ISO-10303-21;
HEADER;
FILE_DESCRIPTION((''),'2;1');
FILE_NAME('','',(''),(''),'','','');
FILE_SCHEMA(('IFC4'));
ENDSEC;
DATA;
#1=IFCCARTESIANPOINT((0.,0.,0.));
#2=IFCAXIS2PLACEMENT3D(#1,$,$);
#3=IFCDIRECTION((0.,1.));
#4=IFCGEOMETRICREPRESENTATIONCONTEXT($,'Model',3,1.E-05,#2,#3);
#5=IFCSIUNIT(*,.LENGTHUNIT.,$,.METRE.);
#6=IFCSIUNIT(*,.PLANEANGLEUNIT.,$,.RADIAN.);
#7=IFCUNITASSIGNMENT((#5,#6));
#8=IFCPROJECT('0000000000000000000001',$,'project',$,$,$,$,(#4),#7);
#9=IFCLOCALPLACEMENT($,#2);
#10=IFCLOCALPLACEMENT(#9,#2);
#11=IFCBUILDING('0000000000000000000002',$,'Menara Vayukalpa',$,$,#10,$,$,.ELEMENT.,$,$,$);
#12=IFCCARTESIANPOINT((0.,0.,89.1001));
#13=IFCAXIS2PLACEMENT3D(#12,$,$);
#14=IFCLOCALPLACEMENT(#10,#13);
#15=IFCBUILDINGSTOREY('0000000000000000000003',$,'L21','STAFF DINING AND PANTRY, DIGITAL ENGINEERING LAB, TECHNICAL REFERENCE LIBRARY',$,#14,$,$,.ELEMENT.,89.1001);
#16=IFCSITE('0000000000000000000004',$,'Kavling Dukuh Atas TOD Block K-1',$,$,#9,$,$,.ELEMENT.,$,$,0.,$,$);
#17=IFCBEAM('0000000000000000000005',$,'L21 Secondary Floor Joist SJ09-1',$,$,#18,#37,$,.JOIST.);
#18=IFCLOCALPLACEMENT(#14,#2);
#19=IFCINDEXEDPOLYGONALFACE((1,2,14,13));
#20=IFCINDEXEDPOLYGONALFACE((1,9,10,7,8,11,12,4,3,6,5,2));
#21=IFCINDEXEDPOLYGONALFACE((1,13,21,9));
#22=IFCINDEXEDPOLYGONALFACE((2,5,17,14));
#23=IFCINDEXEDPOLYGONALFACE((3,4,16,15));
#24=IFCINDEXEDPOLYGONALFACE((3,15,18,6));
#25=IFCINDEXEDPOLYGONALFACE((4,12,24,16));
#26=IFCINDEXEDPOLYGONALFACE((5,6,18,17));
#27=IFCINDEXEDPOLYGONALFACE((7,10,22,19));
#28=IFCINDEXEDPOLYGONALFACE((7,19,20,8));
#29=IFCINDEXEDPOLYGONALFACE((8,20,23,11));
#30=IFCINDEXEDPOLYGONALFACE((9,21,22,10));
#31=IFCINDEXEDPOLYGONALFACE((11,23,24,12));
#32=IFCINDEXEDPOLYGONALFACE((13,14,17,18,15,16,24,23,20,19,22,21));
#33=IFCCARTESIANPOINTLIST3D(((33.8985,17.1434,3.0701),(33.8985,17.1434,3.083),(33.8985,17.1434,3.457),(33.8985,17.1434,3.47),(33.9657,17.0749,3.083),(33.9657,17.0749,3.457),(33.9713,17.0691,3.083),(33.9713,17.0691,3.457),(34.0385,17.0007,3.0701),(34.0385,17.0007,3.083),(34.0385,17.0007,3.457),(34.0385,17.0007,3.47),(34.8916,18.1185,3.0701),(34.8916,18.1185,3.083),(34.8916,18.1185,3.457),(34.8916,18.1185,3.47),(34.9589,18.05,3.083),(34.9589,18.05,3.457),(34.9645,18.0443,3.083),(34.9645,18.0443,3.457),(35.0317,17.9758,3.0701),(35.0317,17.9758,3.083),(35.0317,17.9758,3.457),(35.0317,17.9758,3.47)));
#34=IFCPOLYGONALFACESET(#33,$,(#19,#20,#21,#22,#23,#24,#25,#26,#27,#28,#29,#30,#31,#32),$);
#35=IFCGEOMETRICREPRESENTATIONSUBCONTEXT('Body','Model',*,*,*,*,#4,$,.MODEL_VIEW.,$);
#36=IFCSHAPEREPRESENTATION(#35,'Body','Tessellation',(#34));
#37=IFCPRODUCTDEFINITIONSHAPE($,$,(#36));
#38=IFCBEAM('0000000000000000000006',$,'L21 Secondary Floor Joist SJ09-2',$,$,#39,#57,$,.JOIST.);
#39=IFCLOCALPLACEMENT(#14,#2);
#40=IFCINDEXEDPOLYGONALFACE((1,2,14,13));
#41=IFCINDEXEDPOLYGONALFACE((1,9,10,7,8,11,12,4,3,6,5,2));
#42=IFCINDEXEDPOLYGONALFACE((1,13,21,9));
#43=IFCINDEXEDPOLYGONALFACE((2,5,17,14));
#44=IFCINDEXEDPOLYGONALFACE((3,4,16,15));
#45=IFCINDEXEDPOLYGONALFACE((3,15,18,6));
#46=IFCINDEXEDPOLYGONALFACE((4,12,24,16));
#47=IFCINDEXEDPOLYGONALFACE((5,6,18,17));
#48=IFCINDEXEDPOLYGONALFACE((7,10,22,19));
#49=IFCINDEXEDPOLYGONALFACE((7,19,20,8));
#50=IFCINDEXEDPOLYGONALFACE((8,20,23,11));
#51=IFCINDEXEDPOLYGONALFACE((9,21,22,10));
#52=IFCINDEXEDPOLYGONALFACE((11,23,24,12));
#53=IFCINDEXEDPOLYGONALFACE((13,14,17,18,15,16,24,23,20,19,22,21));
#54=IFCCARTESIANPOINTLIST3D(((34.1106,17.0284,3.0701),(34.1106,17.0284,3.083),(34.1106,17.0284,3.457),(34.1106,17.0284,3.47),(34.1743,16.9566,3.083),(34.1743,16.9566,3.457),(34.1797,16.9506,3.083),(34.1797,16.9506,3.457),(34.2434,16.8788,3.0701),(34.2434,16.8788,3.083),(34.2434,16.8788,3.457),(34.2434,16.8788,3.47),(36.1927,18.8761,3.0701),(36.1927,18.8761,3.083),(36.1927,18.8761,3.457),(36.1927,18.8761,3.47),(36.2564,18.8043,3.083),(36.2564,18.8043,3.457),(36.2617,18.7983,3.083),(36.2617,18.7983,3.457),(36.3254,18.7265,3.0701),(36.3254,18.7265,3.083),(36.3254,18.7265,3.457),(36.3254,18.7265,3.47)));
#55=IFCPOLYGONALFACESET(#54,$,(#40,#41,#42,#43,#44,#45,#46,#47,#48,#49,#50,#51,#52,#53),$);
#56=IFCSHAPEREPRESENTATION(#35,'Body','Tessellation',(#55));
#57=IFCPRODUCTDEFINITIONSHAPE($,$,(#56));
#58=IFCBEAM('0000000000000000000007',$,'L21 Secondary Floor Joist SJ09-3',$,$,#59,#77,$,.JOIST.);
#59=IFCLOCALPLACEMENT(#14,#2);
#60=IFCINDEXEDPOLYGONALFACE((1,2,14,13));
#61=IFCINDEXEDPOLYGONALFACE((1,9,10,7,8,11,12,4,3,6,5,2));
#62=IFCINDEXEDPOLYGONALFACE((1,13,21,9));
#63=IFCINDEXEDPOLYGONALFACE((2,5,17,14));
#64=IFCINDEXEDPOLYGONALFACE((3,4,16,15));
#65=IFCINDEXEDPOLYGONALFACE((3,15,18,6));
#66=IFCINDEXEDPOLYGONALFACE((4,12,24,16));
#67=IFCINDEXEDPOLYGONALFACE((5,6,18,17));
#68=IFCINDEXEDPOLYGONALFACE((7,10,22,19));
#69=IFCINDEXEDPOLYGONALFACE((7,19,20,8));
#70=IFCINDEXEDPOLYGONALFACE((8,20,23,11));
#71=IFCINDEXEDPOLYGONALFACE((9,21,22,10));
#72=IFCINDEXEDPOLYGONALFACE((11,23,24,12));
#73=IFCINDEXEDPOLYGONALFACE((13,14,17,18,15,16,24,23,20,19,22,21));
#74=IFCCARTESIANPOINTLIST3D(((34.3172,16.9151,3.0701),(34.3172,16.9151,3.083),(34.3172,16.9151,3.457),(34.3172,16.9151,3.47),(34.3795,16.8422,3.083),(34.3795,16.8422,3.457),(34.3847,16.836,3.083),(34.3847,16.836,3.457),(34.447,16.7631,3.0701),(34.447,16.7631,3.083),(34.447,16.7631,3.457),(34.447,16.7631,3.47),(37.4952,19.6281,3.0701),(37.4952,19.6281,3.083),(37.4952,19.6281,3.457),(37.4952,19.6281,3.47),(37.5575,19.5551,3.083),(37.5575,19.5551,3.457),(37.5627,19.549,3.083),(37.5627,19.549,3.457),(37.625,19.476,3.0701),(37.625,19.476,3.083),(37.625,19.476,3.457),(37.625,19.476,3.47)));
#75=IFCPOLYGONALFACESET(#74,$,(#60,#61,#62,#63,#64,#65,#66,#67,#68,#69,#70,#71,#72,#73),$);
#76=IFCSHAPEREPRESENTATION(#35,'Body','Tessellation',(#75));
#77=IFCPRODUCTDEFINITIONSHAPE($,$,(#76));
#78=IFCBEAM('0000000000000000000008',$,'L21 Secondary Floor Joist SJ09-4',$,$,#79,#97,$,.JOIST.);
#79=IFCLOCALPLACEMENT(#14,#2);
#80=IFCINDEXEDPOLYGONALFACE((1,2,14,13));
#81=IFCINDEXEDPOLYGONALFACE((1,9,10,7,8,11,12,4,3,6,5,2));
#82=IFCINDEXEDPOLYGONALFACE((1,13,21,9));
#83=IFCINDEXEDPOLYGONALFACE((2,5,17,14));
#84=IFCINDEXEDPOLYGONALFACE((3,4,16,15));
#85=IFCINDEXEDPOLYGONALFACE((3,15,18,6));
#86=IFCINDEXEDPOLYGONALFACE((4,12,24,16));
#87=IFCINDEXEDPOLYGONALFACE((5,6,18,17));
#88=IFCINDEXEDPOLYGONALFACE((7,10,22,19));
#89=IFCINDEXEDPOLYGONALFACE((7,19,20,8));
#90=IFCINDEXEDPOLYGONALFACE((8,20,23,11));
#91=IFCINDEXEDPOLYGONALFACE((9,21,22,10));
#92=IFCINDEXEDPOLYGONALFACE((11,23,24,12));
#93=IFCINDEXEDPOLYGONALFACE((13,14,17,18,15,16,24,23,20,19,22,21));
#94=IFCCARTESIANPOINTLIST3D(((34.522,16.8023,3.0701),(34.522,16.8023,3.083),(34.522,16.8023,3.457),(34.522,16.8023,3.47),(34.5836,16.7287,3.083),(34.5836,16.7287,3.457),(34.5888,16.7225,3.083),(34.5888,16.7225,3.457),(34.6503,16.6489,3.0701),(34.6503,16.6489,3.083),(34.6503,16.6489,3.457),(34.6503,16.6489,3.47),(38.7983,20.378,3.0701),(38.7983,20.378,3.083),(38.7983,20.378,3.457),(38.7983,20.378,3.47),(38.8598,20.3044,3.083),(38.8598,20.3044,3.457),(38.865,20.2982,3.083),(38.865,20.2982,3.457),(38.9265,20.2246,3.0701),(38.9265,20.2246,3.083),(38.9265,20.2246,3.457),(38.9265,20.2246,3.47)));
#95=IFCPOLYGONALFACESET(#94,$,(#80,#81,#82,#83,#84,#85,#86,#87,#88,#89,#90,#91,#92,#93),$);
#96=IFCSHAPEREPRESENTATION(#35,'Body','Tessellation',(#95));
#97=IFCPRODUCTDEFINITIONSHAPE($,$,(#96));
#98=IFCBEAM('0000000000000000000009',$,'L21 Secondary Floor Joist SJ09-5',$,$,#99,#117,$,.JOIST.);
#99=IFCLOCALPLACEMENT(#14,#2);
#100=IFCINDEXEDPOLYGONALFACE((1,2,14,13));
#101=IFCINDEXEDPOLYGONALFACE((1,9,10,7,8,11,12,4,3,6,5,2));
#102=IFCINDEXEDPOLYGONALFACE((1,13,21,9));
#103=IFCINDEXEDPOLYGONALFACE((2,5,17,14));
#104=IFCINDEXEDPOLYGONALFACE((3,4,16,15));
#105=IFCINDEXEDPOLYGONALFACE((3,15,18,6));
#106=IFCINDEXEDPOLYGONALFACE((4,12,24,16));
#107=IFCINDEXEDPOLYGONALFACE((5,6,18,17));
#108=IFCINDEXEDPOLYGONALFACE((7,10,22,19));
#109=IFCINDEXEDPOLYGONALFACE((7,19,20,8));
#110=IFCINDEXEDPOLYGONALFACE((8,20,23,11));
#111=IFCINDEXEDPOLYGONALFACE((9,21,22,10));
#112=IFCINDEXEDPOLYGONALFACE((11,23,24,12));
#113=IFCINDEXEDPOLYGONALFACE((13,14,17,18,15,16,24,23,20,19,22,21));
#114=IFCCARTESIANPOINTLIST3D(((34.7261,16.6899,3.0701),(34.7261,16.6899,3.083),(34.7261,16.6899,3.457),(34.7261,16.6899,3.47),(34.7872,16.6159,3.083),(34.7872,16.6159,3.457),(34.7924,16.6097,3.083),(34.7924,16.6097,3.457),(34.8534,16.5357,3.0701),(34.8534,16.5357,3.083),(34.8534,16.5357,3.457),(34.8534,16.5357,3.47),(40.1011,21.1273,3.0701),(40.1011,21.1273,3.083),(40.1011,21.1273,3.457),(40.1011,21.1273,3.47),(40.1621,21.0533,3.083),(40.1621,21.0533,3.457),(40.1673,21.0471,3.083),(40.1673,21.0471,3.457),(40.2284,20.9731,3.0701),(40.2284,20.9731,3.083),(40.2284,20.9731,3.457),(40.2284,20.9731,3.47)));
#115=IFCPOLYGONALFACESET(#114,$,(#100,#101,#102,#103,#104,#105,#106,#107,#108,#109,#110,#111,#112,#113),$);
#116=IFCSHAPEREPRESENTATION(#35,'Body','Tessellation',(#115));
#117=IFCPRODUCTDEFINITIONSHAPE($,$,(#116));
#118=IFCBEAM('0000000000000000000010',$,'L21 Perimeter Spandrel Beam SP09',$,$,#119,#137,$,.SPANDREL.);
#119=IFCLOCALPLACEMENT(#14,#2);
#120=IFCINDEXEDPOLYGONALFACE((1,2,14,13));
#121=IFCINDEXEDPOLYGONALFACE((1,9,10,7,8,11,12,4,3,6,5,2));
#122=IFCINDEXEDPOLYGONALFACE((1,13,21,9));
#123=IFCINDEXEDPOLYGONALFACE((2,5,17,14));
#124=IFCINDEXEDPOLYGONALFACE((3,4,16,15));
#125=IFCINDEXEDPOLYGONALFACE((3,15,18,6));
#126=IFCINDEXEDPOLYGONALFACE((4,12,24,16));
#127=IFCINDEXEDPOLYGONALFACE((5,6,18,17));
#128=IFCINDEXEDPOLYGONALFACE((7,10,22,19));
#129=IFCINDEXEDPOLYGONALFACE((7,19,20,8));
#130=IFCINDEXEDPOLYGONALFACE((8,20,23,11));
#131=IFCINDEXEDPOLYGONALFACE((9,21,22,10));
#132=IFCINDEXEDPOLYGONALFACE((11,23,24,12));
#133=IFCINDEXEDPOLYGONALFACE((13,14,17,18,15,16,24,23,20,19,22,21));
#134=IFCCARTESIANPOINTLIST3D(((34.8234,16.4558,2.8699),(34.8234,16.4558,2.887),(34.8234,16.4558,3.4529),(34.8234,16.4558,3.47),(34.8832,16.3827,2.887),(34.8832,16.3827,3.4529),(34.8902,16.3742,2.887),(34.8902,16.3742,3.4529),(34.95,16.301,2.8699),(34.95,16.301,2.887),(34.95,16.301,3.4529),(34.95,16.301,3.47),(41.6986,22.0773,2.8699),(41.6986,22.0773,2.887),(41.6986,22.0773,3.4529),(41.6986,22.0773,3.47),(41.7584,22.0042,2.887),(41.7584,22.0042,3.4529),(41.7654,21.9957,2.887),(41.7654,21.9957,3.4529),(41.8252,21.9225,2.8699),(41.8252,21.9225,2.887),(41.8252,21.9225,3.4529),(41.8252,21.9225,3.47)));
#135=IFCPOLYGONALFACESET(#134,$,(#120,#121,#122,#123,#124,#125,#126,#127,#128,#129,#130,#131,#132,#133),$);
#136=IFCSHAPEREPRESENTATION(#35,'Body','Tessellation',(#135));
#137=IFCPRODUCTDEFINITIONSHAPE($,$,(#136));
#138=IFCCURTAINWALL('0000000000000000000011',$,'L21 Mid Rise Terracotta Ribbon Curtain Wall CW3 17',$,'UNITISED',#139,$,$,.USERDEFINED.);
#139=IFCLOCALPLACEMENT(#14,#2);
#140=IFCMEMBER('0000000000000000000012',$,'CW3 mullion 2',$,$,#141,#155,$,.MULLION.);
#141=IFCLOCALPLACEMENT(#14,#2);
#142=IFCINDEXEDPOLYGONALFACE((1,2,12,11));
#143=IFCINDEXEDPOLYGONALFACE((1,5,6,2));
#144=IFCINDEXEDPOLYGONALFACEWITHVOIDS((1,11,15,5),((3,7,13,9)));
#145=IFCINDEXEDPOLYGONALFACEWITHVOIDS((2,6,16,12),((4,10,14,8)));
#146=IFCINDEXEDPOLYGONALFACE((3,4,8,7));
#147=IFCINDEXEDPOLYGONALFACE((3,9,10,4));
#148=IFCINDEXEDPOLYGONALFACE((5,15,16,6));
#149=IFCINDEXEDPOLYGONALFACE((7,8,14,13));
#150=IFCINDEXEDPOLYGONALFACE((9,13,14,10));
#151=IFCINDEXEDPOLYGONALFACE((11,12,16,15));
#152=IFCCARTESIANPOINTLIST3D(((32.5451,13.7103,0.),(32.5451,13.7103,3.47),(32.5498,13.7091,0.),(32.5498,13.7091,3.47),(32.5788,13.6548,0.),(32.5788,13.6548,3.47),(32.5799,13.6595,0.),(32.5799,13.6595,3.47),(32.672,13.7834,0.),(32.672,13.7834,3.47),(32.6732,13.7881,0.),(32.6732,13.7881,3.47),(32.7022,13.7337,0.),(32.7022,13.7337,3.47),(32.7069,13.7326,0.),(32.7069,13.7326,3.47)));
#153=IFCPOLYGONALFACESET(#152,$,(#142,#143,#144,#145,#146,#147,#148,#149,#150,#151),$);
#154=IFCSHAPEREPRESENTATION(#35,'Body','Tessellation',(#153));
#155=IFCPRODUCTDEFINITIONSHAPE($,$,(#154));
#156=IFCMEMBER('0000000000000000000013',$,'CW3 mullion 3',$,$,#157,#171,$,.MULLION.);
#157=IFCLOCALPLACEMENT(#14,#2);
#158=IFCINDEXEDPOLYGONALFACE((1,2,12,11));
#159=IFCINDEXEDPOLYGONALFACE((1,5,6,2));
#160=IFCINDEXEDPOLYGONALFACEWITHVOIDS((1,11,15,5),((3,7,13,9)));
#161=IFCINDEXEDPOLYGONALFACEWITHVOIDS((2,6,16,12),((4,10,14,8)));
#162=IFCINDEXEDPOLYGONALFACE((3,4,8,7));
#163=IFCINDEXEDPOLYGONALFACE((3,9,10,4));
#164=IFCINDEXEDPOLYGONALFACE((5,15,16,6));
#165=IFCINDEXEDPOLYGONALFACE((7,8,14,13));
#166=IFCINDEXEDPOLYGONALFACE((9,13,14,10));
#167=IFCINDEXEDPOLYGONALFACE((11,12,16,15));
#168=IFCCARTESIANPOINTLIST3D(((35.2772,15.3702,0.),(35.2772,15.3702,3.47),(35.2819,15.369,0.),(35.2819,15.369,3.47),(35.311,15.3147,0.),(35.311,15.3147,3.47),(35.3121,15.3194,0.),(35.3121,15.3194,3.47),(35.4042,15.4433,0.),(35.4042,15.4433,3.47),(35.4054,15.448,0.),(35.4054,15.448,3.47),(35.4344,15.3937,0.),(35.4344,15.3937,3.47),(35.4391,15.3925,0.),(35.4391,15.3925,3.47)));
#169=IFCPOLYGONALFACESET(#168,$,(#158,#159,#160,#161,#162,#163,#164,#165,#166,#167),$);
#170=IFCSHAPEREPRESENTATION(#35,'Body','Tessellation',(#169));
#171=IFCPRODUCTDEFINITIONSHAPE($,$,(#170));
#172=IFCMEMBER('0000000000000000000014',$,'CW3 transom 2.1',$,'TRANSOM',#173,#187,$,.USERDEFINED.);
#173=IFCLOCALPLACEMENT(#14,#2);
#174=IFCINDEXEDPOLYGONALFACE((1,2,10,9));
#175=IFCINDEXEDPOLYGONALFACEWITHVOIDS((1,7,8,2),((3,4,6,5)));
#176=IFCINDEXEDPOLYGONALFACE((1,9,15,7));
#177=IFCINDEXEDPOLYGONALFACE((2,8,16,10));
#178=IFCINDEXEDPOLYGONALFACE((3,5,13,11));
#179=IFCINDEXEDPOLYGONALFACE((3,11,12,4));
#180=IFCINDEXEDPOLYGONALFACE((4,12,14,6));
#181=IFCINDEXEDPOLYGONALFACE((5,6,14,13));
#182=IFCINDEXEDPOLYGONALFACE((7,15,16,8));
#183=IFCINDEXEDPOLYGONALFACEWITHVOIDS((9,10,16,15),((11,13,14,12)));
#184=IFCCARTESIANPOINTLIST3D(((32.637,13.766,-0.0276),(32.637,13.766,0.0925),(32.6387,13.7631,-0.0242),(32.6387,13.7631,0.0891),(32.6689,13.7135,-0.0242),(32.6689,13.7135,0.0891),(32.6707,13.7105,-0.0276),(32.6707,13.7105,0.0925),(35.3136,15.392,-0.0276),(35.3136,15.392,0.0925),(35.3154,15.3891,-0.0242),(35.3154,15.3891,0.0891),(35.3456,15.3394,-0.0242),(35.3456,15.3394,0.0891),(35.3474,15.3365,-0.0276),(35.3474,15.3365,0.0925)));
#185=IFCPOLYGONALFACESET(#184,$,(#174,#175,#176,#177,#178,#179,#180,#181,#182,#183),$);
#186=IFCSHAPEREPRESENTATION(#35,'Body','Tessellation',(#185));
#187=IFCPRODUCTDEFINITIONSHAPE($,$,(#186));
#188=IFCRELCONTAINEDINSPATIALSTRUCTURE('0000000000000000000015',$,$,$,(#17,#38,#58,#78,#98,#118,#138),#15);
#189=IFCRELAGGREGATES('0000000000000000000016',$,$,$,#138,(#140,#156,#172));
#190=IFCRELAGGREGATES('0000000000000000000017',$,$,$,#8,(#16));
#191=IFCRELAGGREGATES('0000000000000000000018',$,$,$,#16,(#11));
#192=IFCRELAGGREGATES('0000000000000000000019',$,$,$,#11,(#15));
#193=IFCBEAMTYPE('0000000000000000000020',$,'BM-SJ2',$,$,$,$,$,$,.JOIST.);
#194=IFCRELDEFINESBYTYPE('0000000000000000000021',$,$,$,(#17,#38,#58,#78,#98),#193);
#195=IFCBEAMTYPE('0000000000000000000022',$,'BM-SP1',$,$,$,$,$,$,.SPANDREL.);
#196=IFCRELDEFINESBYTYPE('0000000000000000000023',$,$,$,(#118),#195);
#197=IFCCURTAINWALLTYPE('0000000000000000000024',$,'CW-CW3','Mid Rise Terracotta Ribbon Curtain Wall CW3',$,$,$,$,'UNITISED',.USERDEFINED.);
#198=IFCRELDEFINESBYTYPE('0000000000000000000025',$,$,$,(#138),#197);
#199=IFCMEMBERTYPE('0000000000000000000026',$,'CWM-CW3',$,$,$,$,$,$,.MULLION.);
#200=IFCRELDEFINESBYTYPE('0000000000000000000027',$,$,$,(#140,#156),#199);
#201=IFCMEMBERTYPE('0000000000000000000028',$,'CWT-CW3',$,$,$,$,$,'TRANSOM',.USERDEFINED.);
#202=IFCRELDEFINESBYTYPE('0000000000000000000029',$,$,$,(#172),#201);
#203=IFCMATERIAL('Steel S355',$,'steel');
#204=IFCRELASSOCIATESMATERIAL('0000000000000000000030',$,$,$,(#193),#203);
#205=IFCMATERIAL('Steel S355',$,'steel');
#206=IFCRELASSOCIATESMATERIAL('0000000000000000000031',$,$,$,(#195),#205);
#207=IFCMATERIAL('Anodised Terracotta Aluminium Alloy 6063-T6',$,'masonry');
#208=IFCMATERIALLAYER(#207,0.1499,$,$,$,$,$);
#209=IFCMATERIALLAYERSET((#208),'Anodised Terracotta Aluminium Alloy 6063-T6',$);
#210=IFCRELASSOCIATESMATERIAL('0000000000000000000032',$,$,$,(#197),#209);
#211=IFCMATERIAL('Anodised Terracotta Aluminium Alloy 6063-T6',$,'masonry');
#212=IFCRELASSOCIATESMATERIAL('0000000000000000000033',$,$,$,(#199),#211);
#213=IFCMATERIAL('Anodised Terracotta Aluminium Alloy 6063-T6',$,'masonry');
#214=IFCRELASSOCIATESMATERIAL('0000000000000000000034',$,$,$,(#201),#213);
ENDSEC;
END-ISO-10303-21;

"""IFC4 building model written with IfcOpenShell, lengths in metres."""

from ifc_helpers import new_model, si_unit, direction, frame, origin, origin_2d, place, context, subcontext, project, spatial, hollow_rectangle, i_section, extrude, material, layer, layer_set, material_profile, profile_set, type_object, element, aggregate, save


model = new_model("IFC4")

# Units and contexts
model_context = context("Model", 3, precision=1e-05, world=origin(), true_north=direction((0.0, 1.0)))
body_context = subcontext(model_context, "Body", "Model", "MODEL_VIEW")
ifc_project = project(units=[si_unit("LENGTHUNIT", "METRE"), si_unit("PLANEANGLEUNIT", "RADIAN")], contexts=[model_context])

# Site, building, storey
site_placement = place(None, origin())
site = spatial("IfcSite", under=ifc_project, at=site_placement, Name="Kavling Dukuh Atas TOD Block K-1", CompositionType="ELEMENT", RefElevation=0.0)
building_placement = place(site_placement, origin())
building = spatial("IfcBuilding", under=site, at=building_placement, Name="Menara Vayukalpa", CompositionType="ELEMENT")
storey_placement = place(building_placement, frame((0.0, 0.0, 89.1001)))
storey = spatial("IfcBuildingStorey", under=building, at=storey_placement, Name="L21", Description="STAFF DINING AND PANTRY, DIGITAL ENGINEERING LAB, TECHNICAL REFERENCE LIBRARY", CompositionType="ELEMENT", Elevation=89.1001)

# Beams
ifc_material_1 = material(Name="Steel S355", Category="steel")
ifc_material_profile_1 = material_profile(ifc_material_1, i_section(OverallWidth=0.2, OverallDepth=0.3999, WebThickness=0.0081, FlangeThickness=0.0129, at=origin_2d()), Name="WF 400x200x8x13")
ifc_profile_set_1 = profile_set([ifc_material_profile_1], Name="Steel S355")
beam_type_1 = type_object("IfcBeamType", Name="BM-SJ2", PredefinedType="JOIST", material=ifc_profile_set_1)
beam_1_placement = place(storey_placement, frame((33.9685, 17.072, 3.27), z_axis=(0.713567, 0.700587, 0.0), x_axis=(-0.700587, 0.713567, 0.0)))
element("IfcBeam", 1, at=beam_1_placement, inside=storey, type_object=beam_type_1, Name="L21 Secondary Floor Joist SJ09-1", PredefinedType="JOIST", context=body_context, shape_type="SweptSolid", body=[
    extrude(i_section(OverallWidth=0.2, OverallDepth=0.3999, WebThickness=0.0081, FlangeThickness=0.0129, at=origin_2d()), origin(), (0.0, 0.0, 1.0), 1.3918),
])
beam_2_placement = place(storey_placement, frame((34.177, 16.9536, 3.27), z_axis=(0.747951, 0.663754, 0.0), x_axis=(-0.663754, 0.747951, 0.0)))
element("IfcBeam", 2, at=beam_2_placement, inside=storey, type_object=beam_type_1, Name="L21 Secondary Floor Joist SJ09-2", PredefinedType="JOIST", context=body_context, shape_type="SweptSolid", body=[
    extrude(i_section(OverallWidth=0.2, OverallDepth=0.3999, WebThickness=0.0081, FlangeThickness=0.0129, at=origin_2d()), origin(), (0.0, 0.0, 1.0), 2.7837),
])
beam_3_placement = place(storey_placement, frame((34.3821, 16.8391, 3.27), z_axis=(0.760567, 0.64926, 0.0), x_axis=(-0.64926, 0.760567, 0.0)))
element("IfcBeam", 3, at=beam_3_placement, inside=storey, type_object=beam_type_1, Name="L21 Secondary Floor Joist SJ09-3", PredefinedType="JOIST", context=body_context, shape_type="SweptSolid", body=[
    extrude(i_section(OverallWidth=0.2, OverallDepth=0.3999, WebThickness=0.0081, FlangeThickness=0.0129, at=origin_2d()), origin(), (0.0, 0.0, 1.0), 4.1785),
])
beam_4_placement = place(storey_placement, frame((34.5862, 16.7256, 3.27), z_axis=(0.76714, 0.64148, 0.0), x_axis=(-0.64148, 0.76714, 0.0)))
element("IfcBeam", 4, at=beam_4_placement, inside=storey, type_object=beam_type_1, Name="L21 Secondary Floor Joist SJ09-4", PredefinedType="JOIST", context=body_context, shape_type="SweptSolid", body=[
    extrude(i_section(OverallWidth=0.2, OverallDepth=0.3999, WebThickness=0.0081, FlangeThickness=0.0129, at=origin_2d()), origin(), (0.0, 0.0, 1.0), 5.5742),
])
beam_5_placement = place(storey_placement, frame((34.7898, 16.6128, 3.27), z_axis=(0.771153, 0.63665, 0.0), x_axis=(-0.63665, 0.771153, 0.0)))
element("IfcBeam", 5, at=beam_5_placement, inside=storey, type_object=beam_type_1, Name="L21 Secondary Floor Joist SJ09-5", PredefinedType="JOIST", context=body_context, shape_type="SweptSolid", body=[
    extrude(i_section(OverallWidth=0.2, OverallDepth=0.3999, WebThickness=0.0081, FlangeThickness=0.0129, at=origin_2d()), origin(), (0.0, 0.0, 1.0), 6.97),
])
ifc_material_2 = material(Name="Steel S355", Category="steel")
ifc_material_profile_2 = material_profile(ifc_material_2, i_section(OverallWidth=0.2, OverallDepth=0.6001, WebThickness=0.011, FlangeThickness=0.0171, at=origin_2d()), Name="WF 600x200x11x17")
ifc_profile_set_2 = profile_set([ifc_material_profile_2], Name="Steel S355")
beam_type_2 = type_object("IfcBeamType", Name="BM-SP1", PredefinedType="SPANDREL", material=ifc_profile_set_2)
beam_6_placement = place(storey_placement, frame((34.8867, 16.3784, 3.1699), z_axis=(0.774157, 0.632994, 0.0), x_axis=(-0.632994, 0.774157, 0.0)))
element("IfcBeam", 6, at=beam_6_placement, inside=storey, type_object=beam_type_2, Name="L21 Perimeter Spandrel Beam SP09", PredefinedType="SPANDREL", context=body_context, shape_type="SweptSolid", body=[
    extrude(i_section(OverallWidth=0.2, OverallDepth=0.6001, WebThickness=0.011, FlangeThickness=0.0171, at=origin_2d()), origin(), (0.0, 0.0, 1.0), 8.8809),
])

# Curtain wall, members
ifc_material_3 = material(Name="Anodised Terracotta Aluminium Alloy 6063-T6", Category="masonry")
ifc_layer_1 = layer(ifc_material_3, 0.1499)
ifc_layer_set_1 = layer_set([ifc_layer_1], Name="Anodised Terracotta Aluminium Alloy 6063-T6")
curtain_wall_type = type_object("IfcCurtainWallType", Name="CW-CW3", Description="Mid Rise Terracotta Ribbon Curtain Wall CW3", ElementType="UNITISED", PredefinedType="USERDEFINED", material=ifc_layer_set_1)
curtain_wall_placement = place(storey_placement, origin())
curtain_wall = element("IfcCurtainWall", 7, at=curtain_wall_placement, inside=storey, type_object=curtain_wall_type, Name="L21 Mid Rise Terracotta Ribbon Curtain Wall CW3 17", ObjectType="UNITISED", PredefinedType="USERDEFINED")
ifc_material_4 = material(Name="Anodised Terracotta Aluminium Alloy 6063-T6", Category="masonry")
ifc_material_profile_3 = material_profile(ifc_material_4, hollow_rectangle(XDim=0.0649, YDim=0.1499, WallThickness=0.0034, at=origin_2d()), Name="ALU 65x150x3.5")
ifc_profile_set_3 = profile_set([ifc_material_profile_3], Name="Anodised Terracotta Aluminium Alloy 6063-T6")
member_type_1 = type_object("IfcMemberType", Name="CWM-CW3", PredefinedType="MULLION", material=ifc_profile_set_3)
member_1_placement = place(storey_placement, frame((32.626, 13.7214, 0.0), z_axis=(0.0, 0.0, 1.0), x_axis=(-0.519183, 0.854663, 0.0)))
member_1 = element("IfcMember", 8, at=member_1_placement, type_object=member_type_1, Name="CW3 mullion 2", PredefinedType="MULLION", context=body_context, shape_type="SweptSolid", body=[
    extrude(hollow_rectangle(XDim=0.0649, YDim=0.1499, WallThickness=0.0034, at=origin_2d()), origin(), (0.0, 0.0, 1.0), 3.47),
])
member_2_placement = place(storey_placement, frame((35.3582, 15.3813, 0.0), z_axis=(0.0, 0.0, 1.0), x_axis=(-0.519183, 0.854663, 0.0)))
member_2 = element("IfcMember", 9, at=member_2_placement, type_object=member_type_1, Name="CW3 mullion 3", PredefinedType="MULLION", context=body_context, shape_type="SweptSolid", body=[
    extrude(hollow_rectangle(XDim=0.0649, YDim=0.1499, WallThickness=0.0034, at=origin_2d()), origin(), (0.0, 0.0, 1.0), 3.47),
])
ifc_material_5 = material(Name="Anodised Terracotta Aluminium Alloy 6063-T6", Category="masonry")
ifc_material_profile_4 = material_profile(ifc_material_5, hollow_rectangle(XDim=0.0649, YDim=0.1201, WallThickness=0.0034, at=origin_2d()), Name="ALU 65x120x3.5")
ifc_profile_set_4 = profile_set([ifc_material_profile_4], Name="Anodised Terracotta Aluminium Alloy 6063-T6")
member_type_2 = type_object("IfcMemberType", Name="CWT-CW3", ElementType="TRANSOM", PredefinedType="USERDEFINED", material=ifc_profile_set_4)
member_3_placement = place(storey_placement, frame((32.6538, 13.7383, 0.0325), z_axis=(0.854674, 0.519165, 0.0), x_axis=(-0.519165, 0.854674, 0.0)))
member_3 = element("IfcMember", 10, at=member_3_placement, type_object=member_type_2, Name="CW3 transom 2.1", ObjectType="TRANSOM", PredefinedType="USERDEFINED", context=body_context, shape_type="SweptSolid", body=[
    extrude(hollow_rectangle(XDim=0.0649, YDim=0.1201, WallThickness=0.0034, at=origin_2d()), origin(), (0.0, 0.0, 1.0), 3.1318),
])
aggregate(curtain_wall, [member_1, member_2, member_3])

save(model, "model.ifc")
